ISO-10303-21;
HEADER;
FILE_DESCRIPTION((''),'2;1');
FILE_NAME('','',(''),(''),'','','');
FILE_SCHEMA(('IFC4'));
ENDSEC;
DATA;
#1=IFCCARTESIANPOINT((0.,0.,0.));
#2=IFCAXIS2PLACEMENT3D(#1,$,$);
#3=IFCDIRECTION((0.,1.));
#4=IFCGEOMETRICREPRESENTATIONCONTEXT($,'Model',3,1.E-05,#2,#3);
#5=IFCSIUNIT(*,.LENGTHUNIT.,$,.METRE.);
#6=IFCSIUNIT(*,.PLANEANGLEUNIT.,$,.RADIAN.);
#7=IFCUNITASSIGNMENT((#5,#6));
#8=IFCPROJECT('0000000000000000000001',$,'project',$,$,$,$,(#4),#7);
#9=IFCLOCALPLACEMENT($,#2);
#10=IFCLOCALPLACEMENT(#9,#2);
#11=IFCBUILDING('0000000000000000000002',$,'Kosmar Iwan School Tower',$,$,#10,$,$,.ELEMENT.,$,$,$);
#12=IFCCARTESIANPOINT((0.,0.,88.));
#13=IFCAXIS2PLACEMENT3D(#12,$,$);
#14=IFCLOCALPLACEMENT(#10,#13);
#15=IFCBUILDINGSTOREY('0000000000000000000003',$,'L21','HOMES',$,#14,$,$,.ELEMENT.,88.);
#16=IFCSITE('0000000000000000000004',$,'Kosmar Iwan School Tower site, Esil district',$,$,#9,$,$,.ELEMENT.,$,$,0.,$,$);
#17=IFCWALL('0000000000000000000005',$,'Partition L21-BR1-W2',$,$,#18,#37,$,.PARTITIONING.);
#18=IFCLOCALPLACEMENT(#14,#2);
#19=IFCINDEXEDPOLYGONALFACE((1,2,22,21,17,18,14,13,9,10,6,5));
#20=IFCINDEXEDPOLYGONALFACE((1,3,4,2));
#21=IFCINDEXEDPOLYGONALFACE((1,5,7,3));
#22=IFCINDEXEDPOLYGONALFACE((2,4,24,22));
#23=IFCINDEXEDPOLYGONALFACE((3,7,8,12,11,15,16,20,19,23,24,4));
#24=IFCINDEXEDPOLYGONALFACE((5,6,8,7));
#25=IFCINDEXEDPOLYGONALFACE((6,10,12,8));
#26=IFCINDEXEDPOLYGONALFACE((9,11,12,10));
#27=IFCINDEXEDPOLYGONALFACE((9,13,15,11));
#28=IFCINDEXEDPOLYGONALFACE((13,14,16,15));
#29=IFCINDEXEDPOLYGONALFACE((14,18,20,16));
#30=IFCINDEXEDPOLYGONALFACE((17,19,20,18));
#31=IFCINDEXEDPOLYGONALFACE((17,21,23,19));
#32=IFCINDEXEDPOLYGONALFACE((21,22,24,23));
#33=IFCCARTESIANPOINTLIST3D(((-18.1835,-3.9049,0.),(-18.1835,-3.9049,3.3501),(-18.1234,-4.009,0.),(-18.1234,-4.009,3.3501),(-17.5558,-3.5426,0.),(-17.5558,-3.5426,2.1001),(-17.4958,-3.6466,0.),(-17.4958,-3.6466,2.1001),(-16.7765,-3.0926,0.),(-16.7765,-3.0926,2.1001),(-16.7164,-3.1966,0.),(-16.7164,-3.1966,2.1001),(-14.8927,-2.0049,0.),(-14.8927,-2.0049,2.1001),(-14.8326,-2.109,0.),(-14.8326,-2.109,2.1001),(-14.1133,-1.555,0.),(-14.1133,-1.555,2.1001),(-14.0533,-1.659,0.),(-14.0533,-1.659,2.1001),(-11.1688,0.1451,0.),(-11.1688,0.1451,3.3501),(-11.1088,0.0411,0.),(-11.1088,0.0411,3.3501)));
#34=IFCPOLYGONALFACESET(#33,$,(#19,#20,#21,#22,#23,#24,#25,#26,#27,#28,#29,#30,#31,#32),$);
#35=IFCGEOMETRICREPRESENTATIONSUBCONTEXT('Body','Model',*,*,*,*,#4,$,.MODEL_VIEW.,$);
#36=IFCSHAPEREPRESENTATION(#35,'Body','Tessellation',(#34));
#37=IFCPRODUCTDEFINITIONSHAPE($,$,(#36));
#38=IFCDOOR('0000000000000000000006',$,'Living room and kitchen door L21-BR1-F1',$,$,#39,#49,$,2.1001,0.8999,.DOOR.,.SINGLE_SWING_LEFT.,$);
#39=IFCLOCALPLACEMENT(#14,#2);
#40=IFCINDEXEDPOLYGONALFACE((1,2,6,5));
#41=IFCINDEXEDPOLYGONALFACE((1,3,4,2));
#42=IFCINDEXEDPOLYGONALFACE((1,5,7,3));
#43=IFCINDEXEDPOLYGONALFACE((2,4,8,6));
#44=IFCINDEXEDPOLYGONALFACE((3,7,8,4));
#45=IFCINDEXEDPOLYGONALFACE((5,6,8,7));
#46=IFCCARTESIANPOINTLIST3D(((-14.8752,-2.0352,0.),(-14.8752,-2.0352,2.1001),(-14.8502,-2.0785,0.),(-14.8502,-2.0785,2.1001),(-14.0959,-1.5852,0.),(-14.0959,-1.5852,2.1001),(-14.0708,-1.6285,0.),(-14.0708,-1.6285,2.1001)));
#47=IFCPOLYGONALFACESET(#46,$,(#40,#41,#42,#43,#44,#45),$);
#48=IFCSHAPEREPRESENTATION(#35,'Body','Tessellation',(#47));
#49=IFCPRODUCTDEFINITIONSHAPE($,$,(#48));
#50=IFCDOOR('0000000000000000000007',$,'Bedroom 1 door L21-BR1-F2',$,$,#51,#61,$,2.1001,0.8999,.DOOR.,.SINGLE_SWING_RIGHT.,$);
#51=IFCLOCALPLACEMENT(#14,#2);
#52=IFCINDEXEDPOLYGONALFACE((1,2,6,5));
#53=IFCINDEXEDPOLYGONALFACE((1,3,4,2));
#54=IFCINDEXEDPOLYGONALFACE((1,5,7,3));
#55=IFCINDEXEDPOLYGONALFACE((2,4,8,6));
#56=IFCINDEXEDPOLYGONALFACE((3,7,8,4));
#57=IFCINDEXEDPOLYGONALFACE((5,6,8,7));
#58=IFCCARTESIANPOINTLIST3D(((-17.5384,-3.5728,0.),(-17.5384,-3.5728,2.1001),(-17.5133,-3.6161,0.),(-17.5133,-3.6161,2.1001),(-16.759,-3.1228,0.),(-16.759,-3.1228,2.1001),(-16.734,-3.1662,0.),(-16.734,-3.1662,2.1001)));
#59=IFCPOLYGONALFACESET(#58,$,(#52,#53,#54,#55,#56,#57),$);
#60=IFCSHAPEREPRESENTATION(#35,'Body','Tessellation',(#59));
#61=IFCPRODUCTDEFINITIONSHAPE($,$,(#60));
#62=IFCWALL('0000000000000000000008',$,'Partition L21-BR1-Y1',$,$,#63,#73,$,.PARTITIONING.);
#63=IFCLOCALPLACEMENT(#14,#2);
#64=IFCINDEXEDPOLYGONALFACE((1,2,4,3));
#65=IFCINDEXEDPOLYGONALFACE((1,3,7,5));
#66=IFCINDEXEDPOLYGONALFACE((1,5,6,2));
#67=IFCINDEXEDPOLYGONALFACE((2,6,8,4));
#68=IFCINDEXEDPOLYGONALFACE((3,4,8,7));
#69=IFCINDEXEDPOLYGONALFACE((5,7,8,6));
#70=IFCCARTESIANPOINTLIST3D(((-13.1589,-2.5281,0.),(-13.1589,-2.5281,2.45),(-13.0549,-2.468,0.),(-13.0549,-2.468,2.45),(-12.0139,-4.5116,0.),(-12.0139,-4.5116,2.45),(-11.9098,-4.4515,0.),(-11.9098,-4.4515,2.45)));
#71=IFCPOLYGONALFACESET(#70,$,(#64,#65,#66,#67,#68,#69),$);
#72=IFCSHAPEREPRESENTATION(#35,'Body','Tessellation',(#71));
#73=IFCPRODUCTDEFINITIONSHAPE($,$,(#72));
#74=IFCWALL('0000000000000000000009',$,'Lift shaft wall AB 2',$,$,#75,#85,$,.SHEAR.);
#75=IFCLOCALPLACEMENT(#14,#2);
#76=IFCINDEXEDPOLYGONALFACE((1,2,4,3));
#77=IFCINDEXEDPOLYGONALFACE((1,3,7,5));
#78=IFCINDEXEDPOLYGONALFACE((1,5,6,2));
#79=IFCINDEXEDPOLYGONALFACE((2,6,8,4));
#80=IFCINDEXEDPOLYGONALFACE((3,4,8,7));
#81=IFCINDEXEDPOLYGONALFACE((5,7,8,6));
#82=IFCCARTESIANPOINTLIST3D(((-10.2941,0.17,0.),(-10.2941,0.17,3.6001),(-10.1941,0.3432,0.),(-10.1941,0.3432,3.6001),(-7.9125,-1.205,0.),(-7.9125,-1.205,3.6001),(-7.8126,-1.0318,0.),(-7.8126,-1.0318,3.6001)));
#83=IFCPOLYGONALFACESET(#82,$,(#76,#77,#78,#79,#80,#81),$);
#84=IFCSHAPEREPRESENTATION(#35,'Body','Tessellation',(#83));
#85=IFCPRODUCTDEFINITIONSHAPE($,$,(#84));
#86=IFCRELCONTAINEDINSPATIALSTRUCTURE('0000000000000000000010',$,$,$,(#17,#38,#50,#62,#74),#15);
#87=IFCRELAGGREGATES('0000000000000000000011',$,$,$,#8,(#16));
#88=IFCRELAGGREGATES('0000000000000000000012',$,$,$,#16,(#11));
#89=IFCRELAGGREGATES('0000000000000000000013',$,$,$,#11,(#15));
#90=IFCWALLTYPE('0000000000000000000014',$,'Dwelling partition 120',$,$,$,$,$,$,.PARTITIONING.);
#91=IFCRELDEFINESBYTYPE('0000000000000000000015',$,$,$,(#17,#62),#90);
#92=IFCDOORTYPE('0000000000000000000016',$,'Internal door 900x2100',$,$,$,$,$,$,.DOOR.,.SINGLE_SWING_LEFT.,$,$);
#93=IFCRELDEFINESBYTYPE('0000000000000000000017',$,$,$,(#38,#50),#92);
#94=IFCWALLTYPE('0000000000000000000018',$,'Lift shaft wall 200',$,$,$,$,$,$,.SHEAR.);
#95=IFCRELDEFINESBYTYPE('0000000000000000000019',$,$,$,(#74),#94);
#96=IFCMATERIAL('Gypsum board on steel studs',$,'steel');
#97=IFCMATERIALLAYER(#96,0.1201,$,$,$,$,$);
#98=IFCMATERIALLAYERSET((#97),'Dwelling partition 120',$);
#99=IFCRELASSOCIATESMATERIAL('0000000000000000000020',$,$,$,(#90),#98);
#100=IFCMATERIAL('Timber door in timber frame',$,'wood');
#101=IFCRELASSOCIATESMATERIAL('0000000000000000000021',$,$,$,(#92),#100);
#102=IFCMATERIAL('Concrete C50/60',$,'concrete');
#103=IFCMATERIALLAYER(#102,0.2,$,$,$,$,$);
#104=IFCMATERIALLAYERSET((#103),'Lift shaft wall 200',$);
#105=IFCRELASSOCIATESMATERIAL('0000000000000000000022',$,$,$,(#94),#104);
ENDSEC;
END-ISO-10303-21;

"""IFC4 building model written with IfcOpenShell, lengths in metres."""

from ifc_helpers import new_model, si_unit, direction, frame, frame_2d, origin, place, context, subcontext, project, spatial, rectangle, extrude, material, layer, layer_set, type_object, element, fill, save


model = new_model("IFC4")

# Units and contexts
model_context = context("Model", 3, precision=1e-05, world=origin(), true_north=direction((0.0, 1.0)))
body_context = subcontext(model_context, "Body", "Model", "MODEL_VIEW")
ifc_project = project(units=[si_unit("LENGTHUNIT", "METRE"), si_unit("PLANEANGLEUNIT", "RADIAN")], contexts=[model_context])

# Site, building, storey
site_placement = place(None, origin())
site = spatial("IfcSite", under=ifc_project, at=site_placement, Name="Kosmar Iwan School Tower site, Esil district", CompositionType="ELEMENT", RefElevation=0.0)
building_placement = place(site_placement, origin())
building = spatial("IfcBuilding", under=site, at=building_placement, Name="Kosmar Iwan School Tower", CompositionType="ELEMENT")
storey_placement = place(building_placement, frame((0.0, 0.0, 88.0)))
storey = spatial("IfcBuildingStorey", under=building, at=storey_placement, Name="L21", Description="HOMES", CompositionType="ELEMENT", Elevation=88.0)

# Wall, openings, doors
ifc_material_1 = material(Name="Gypsum board on steel studs", Category="steel")
ifc_layer_1 = layer(ifc_material_1, 0.1201)
ifc_layer_set_1 = layer_set([ifc_layer_1], Name="Dwelling partition 120")
wall_type_1 = type_object("IfcWallType", Name="Dwelling partition 120", PredefinedType="PARTITIONING", material=ifc_layer_set_1)
ifc_material_2 = material(Name="Timber door in timber frame", Category="wood")
door_type_1 = type_object("IfcDoorType", Name="Internal door 900x2100", OperationType="SINGLE_SWING_LEFT", PredefinedType="DOOR", material=ifc_material_2)
wall_1_placement = place(storey_placement, frame((-11.1389, 0.093, 0.0), z_axis=(0.0, 0.0, 1.0), x_axis=(-0.866018, -0.500013, 0.0)))
wall_1 = element("IfcWall", 1, at=wall_1_placement, inside=storey, type_object=wall_type_1, Name="Partition L21-BR1-W2", PredefinedType="PARTITIONING", context=body_context, shape_type="SweptSolid", body=[
    extrude(rectangle(XDim=8.0999, YDim=0.1201, at=frame_2d((4.0498, 0.0))), origin(), (0.0, 0.0, 1.0), 3.3501),
])
opening_1_placement = place(wall_1_placement, frame((3.3999, 0.0, 0.0)))
opening_1 = element("IfcOpeningElement", 2, at=opening_1_placement, cuts=wall_1, PredefinedType="OPENING", context=body_context, shape_type="SweptSolid", body=[
    extrude(rectangle(XDim=0.8999, YDim=2.1001, at=frame_2d((0.45, 1.05))), frame((0.0, 0.072, 0.0), z_axis=(0.0, -1.0, 0.0), x_axis=(1.0, 0.0, 0.0)), (0.0, 0.0, 1.0), 0.144),
])
opening_2_placement = place(wall_1_placement, frame((6.4751, 0.0, 0.0)))
opening_2 = element("IfcOpeningElement", 3, at=opening_2_placement, cuts=wall_1, PredefinedType="OPENING", context=body_context, shape_type="SweptSolid", body=[
    extrude(rectangle(XDim=0.8999, YDim=2.1001, at=frame_2d((0.45, 1.05))), frame((0.0, 0.072, 0.0), z_axis=(0.0, -1.0, 0.0), x_axis=(1.0, 0.0, 0.0)), (0.0, 0.0, 1.0), 0.144),
])
door_1_placement = place(opening_1_placement, origin())
door_1 = element("IfcDoor", 4, at=door_1_placement, inside=storey, type_object=door_type_1, Name="Living room and kitchen door L21-BR1-F1", OperationType="SINGLE_SWING_LEFT", OverallHeight=2.1001, OverallWidth=0.8999, PredefinedType="DOOR", context=body_context, shape_type="SweptSolid", body=[
    extrude(rectangle(XDim=0.8999, YDim=2.1001, at=frame_2d((0.45, 1.05))), frame((0.0, 0.0249, 0.0), z_axis=(0.0, -1.0, 0.0), x_axis=(1.0, 0.0, 0.0)), (0.0, 0.0, 1.0), 0.05),
])
fill(opening_1, door_1)
door_2_placement = place(opening_2_placement, origin())
door_2 = element("IfcDoor", 5, at=door_2_placement, inside=storey, type_object=door_type_1, Name="Bedroom 1 door L21-BR1-F2", OperationType="SINGLE_SWING_RIGHT", OverallHeight=2.1001, OverallWidth=0.8999, PredefinedType="DOOR", context=body_context, shape_type="SweptSolid", body=[
    extrude(rectangle(XDim=0.8999, YDim=2.1001, at=frame_2d((0.45, 1.05))), frame((0.0, 0.0249, 0.0), z_axis=(0.0, -1.0, 0.0), x_axis=(1.0, 0.0, 0.0)), (0.0, 0.0, 1.0), 0.05),
])
fill(opening_2, door_2)

# Walls
wall_2_placement = place(storey_placement, frame((-11.9619, -4.4814, 0.0), z_axis=(0.0, 0.0, 1.0), x_axis=(-0.499969, 0.866044, 0.0)))
element("IfcWall", 6, at=wall_2_placement, inside=storey, type_object=wall_type_1, Name="Partition L21-BR1-Y1", PredefinedType="PARTITIONING", context=body_context, shape_type="SweptSolid", body=[
    extrude(rectangle(XDim=2.2903, YDim=0.1201, at=frame_2d((1.145, 0.0))), origin(), (0.0, 0.0, 1.0), 2.45),
])
ifc_material_3 = material(Name="Concrete C50/60", Category="concrete")
ifc_layer_2 = layer(ifc_material_3, 0.2)
ifc_layer_set_2 = layer_set([ifc_layer_2], Name="Lift shaft wall 200")
wall_type_2 = type_object("IfcWallType", Name="Lift shaft wall 200", PredefinedType="SHEAR", material=ifc_layer_set_2)
wall_3_placement = place(storey_placement, frame((-7.8625, -1.1184, 0.0), z_axis=(0.0, 0.0, 1.0), x_axis=(-0.866027, 0.499997, 0.0)))
element("IfcWall", 7, at=wall_3_placement, inside=storey, type_object=wall_type_2, Name="Lift shaft wall AB 2", PredefinedType="SHEAR", context=body_context, shape_type="SweptSolid", body=[
    extrude(rectangle(XDim=2.75, YDim=0.2, at=frame_2d((1.375, 0.0))), origin(), (0.0, 0.0, 1.0), 3.6001),
])

save(model, "model.ifc")
